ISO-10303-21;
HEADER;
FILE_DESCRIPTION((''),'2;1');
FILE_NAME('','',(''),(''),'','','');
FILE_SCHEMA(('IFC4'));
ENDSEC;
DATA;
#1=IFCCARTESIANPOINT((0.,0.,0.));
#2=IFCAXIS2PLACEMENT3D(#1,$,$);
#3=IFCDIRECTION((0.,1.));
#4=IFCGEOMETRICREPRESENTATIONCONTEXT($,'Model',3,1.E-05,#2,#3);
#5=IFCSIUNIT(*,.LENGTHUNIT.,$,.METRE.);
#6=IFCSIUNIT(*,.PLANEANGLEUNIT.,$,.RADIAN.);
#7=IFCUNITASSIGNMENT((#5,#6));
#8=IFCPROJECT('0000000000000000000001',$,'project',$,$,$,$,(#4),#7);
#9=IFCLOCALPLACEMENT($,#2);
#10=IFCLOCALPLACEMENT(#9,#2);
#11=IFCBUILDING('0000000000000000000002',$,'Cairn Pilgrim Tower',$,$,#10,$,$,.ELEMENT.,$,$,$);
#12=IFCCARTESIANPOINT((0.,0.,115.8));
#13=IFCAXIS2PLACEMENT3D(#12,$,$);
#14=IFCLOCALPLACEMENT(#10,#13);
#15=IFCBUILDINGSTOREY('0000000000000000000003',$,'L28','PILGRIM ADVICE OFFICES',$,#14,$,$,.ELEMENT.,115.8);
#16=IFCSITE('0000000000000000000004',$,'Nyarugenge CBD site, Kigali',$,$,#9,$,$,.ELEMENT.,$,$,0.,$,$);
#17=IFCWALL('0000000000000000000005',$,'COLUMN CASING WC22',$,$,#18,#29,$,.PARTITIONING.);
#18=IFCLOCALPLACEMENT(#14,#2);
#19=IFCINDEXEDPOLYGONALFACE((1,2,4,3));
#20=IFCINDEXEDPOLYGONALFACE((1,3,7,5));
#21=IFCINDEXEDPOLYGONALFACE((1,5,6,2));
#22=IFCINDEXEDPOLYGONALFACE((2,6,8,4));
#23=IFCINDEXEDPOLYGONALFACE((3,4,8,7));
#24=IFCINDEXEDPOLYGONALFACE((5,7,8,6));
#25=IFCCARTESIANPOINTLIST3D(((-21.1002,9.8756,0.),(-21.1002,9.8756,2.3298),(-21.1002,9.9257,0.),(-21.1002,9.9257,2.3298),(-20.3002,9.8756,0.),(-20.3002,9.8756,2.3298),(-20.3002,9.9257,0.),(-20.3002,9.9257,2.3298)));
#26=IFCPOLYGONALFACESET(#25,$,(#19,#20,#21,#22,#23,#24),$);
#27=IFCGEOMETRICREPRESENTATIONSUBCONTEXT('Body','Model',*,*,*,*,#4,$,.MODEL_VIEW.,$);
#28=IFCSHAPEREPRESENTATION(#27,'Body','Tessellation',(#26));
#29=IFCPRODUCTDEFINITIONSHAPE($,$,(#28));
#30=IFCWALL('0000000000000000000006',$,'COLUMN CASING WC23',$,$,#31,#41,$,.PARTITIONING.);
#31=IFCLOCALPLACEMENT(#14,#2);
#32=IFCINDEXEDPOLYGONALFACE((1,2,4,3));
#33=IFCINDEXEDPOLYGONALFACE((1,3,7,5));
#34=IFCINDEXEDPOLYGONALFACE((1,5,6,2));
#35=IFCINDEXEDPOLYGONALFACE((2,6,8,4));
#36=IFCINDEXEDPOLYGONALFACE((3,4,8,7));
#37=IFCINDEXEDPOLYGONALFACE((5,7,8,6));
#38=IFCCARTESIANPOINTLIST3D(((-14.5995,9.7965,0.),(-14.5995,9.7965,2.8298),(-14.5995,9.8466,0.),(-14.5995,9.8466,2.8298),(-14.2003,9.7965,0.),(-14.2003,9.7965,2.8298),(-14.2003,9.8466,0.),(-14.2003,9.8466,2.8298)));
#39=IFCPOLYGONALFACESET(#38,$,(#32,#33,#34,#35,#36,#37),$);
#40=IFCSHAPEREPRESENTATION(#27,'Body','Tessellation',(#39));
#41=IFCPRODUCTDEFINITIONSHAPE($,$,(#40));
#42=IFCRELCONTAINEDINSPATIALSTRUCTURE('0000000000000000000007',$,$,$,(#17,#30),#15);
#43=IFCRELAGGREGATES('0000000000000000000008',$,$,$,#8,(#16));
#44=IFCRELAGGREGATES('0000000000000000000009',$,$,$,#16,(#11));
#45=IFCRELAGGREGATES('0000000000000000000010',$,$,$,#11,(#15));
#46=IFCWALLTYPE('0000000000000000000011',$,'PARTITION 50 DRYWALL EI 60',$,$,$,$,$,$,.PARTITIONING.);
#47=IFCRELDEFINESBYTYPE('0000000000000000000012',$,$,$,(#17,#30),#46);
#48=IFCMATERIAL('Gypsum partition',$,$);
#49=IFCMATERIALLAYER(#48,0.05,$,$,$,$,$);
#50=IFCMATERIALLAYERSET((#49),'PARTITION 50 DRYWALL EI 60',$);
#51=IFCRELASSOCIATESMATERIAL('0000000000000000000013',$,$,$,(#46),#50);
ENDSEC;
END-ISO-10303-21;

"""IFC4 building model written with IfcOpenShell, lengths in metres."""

from ifc_helpers import new_model, si_unit, direction, frame, frame_2d, origin, place, context, subcontext, project, spatial, rectangle, extrude, material, layer, layer_set, type_object, element, save


model = new_model("IFC4")

# Units and contexts
model_context = context("Model", 3, precision=1e-05, world=origin(), true_north=direction((0.0, 1.0)))
body_context = subcontext(model_context, "Body", "Model", "MODEL_VIEW")
ifc_project = project(units=[si_unit("LENGTHUNIT", "METRE"), si_unit("PLANEANGLEUNIT", "RADIAN")], contexts=[model_context])

# Site, building, storey
site_placement = place(None, origin())
site = spatial("IfcSite", under=ifc_project, at=site_placement, Name="Nyarugenge CBD site, Kigali", CompositionType="ELEMENT", RefElevation=0.0)
building_placement = place(site_placement, origin())
building = spatial("IfcBuilding", under=site, at=building_placement, Name="Cairn Pilgrim Tower", CompositionType="ELEMENT")
storey_placement = place(building_placement, frame((0.0, 0.0, 115.8)))
storey = spatial("IfcBuildingStorey", under=building, at=storey_placement, Name="L28", Description="PILGRIM ADVICE OFFICES", CompositionType="ELEMENT", Elevation=115.8)

# Shared definitions
ifc_material_1 = material(Name="Gypsum partition")

# Walls
ifc_layer_1 = layer(ifc_material_1, 0.05)
ifc_layer_set_1 = layer_set([ifc_layer_1], Name="PARTITION 50 DRYWALL EI 60")
wall_type_1 = type_object("IfcWallType", Name="PARTITION 50 DRYWALL EI 60", PredefinedType="PARTITIONING", material=ifc_layer_set_1)
wall_1_placement = place(storey_placement, frame((-21.1001, 9.9006, 0.0), z_axis=(0.0, 0.0, 1.0), x_axis=(1.0, 0.0, 0.0)))
element("IfcWall", 1, at=wall_1_placement, inside=storey, type_object=wall_type_1, Name="COLUMN CASING WC22", PredefinedType="PARTITIONING", context=body_context, shape_type="SweptSolid", body=[
    extrude(rectangle(XDim=0.8, YDim=0.05, at=frame_2d((0.3999, 0.0))), origin(), (0.0, 0.0, 1.0), 2.3298),
])
wall_2_placement = place(storey_placement, frame((-14.5996, 9.8215, 0.0), z_axis=(0.0, 0.0, 1.0), x_axis=(1.0, 0.0, 0.0)))
element("IfcWall", 2, at=wall_2_placement, inside=storey, type_object=wall_type_1, Name="COLUMN CASING WC23", PredefinedType="PARTITIONING", context=body_context, shape_type="SweptSolid", body=[
    extrude(rectangle(XDim=0.3992, YDim=0.05, at=frame_2d((0.1997, 0.0))), origin(), (0.0, 0.0, 1.0), 2.8298),
])

save(model, "model.ifc")
